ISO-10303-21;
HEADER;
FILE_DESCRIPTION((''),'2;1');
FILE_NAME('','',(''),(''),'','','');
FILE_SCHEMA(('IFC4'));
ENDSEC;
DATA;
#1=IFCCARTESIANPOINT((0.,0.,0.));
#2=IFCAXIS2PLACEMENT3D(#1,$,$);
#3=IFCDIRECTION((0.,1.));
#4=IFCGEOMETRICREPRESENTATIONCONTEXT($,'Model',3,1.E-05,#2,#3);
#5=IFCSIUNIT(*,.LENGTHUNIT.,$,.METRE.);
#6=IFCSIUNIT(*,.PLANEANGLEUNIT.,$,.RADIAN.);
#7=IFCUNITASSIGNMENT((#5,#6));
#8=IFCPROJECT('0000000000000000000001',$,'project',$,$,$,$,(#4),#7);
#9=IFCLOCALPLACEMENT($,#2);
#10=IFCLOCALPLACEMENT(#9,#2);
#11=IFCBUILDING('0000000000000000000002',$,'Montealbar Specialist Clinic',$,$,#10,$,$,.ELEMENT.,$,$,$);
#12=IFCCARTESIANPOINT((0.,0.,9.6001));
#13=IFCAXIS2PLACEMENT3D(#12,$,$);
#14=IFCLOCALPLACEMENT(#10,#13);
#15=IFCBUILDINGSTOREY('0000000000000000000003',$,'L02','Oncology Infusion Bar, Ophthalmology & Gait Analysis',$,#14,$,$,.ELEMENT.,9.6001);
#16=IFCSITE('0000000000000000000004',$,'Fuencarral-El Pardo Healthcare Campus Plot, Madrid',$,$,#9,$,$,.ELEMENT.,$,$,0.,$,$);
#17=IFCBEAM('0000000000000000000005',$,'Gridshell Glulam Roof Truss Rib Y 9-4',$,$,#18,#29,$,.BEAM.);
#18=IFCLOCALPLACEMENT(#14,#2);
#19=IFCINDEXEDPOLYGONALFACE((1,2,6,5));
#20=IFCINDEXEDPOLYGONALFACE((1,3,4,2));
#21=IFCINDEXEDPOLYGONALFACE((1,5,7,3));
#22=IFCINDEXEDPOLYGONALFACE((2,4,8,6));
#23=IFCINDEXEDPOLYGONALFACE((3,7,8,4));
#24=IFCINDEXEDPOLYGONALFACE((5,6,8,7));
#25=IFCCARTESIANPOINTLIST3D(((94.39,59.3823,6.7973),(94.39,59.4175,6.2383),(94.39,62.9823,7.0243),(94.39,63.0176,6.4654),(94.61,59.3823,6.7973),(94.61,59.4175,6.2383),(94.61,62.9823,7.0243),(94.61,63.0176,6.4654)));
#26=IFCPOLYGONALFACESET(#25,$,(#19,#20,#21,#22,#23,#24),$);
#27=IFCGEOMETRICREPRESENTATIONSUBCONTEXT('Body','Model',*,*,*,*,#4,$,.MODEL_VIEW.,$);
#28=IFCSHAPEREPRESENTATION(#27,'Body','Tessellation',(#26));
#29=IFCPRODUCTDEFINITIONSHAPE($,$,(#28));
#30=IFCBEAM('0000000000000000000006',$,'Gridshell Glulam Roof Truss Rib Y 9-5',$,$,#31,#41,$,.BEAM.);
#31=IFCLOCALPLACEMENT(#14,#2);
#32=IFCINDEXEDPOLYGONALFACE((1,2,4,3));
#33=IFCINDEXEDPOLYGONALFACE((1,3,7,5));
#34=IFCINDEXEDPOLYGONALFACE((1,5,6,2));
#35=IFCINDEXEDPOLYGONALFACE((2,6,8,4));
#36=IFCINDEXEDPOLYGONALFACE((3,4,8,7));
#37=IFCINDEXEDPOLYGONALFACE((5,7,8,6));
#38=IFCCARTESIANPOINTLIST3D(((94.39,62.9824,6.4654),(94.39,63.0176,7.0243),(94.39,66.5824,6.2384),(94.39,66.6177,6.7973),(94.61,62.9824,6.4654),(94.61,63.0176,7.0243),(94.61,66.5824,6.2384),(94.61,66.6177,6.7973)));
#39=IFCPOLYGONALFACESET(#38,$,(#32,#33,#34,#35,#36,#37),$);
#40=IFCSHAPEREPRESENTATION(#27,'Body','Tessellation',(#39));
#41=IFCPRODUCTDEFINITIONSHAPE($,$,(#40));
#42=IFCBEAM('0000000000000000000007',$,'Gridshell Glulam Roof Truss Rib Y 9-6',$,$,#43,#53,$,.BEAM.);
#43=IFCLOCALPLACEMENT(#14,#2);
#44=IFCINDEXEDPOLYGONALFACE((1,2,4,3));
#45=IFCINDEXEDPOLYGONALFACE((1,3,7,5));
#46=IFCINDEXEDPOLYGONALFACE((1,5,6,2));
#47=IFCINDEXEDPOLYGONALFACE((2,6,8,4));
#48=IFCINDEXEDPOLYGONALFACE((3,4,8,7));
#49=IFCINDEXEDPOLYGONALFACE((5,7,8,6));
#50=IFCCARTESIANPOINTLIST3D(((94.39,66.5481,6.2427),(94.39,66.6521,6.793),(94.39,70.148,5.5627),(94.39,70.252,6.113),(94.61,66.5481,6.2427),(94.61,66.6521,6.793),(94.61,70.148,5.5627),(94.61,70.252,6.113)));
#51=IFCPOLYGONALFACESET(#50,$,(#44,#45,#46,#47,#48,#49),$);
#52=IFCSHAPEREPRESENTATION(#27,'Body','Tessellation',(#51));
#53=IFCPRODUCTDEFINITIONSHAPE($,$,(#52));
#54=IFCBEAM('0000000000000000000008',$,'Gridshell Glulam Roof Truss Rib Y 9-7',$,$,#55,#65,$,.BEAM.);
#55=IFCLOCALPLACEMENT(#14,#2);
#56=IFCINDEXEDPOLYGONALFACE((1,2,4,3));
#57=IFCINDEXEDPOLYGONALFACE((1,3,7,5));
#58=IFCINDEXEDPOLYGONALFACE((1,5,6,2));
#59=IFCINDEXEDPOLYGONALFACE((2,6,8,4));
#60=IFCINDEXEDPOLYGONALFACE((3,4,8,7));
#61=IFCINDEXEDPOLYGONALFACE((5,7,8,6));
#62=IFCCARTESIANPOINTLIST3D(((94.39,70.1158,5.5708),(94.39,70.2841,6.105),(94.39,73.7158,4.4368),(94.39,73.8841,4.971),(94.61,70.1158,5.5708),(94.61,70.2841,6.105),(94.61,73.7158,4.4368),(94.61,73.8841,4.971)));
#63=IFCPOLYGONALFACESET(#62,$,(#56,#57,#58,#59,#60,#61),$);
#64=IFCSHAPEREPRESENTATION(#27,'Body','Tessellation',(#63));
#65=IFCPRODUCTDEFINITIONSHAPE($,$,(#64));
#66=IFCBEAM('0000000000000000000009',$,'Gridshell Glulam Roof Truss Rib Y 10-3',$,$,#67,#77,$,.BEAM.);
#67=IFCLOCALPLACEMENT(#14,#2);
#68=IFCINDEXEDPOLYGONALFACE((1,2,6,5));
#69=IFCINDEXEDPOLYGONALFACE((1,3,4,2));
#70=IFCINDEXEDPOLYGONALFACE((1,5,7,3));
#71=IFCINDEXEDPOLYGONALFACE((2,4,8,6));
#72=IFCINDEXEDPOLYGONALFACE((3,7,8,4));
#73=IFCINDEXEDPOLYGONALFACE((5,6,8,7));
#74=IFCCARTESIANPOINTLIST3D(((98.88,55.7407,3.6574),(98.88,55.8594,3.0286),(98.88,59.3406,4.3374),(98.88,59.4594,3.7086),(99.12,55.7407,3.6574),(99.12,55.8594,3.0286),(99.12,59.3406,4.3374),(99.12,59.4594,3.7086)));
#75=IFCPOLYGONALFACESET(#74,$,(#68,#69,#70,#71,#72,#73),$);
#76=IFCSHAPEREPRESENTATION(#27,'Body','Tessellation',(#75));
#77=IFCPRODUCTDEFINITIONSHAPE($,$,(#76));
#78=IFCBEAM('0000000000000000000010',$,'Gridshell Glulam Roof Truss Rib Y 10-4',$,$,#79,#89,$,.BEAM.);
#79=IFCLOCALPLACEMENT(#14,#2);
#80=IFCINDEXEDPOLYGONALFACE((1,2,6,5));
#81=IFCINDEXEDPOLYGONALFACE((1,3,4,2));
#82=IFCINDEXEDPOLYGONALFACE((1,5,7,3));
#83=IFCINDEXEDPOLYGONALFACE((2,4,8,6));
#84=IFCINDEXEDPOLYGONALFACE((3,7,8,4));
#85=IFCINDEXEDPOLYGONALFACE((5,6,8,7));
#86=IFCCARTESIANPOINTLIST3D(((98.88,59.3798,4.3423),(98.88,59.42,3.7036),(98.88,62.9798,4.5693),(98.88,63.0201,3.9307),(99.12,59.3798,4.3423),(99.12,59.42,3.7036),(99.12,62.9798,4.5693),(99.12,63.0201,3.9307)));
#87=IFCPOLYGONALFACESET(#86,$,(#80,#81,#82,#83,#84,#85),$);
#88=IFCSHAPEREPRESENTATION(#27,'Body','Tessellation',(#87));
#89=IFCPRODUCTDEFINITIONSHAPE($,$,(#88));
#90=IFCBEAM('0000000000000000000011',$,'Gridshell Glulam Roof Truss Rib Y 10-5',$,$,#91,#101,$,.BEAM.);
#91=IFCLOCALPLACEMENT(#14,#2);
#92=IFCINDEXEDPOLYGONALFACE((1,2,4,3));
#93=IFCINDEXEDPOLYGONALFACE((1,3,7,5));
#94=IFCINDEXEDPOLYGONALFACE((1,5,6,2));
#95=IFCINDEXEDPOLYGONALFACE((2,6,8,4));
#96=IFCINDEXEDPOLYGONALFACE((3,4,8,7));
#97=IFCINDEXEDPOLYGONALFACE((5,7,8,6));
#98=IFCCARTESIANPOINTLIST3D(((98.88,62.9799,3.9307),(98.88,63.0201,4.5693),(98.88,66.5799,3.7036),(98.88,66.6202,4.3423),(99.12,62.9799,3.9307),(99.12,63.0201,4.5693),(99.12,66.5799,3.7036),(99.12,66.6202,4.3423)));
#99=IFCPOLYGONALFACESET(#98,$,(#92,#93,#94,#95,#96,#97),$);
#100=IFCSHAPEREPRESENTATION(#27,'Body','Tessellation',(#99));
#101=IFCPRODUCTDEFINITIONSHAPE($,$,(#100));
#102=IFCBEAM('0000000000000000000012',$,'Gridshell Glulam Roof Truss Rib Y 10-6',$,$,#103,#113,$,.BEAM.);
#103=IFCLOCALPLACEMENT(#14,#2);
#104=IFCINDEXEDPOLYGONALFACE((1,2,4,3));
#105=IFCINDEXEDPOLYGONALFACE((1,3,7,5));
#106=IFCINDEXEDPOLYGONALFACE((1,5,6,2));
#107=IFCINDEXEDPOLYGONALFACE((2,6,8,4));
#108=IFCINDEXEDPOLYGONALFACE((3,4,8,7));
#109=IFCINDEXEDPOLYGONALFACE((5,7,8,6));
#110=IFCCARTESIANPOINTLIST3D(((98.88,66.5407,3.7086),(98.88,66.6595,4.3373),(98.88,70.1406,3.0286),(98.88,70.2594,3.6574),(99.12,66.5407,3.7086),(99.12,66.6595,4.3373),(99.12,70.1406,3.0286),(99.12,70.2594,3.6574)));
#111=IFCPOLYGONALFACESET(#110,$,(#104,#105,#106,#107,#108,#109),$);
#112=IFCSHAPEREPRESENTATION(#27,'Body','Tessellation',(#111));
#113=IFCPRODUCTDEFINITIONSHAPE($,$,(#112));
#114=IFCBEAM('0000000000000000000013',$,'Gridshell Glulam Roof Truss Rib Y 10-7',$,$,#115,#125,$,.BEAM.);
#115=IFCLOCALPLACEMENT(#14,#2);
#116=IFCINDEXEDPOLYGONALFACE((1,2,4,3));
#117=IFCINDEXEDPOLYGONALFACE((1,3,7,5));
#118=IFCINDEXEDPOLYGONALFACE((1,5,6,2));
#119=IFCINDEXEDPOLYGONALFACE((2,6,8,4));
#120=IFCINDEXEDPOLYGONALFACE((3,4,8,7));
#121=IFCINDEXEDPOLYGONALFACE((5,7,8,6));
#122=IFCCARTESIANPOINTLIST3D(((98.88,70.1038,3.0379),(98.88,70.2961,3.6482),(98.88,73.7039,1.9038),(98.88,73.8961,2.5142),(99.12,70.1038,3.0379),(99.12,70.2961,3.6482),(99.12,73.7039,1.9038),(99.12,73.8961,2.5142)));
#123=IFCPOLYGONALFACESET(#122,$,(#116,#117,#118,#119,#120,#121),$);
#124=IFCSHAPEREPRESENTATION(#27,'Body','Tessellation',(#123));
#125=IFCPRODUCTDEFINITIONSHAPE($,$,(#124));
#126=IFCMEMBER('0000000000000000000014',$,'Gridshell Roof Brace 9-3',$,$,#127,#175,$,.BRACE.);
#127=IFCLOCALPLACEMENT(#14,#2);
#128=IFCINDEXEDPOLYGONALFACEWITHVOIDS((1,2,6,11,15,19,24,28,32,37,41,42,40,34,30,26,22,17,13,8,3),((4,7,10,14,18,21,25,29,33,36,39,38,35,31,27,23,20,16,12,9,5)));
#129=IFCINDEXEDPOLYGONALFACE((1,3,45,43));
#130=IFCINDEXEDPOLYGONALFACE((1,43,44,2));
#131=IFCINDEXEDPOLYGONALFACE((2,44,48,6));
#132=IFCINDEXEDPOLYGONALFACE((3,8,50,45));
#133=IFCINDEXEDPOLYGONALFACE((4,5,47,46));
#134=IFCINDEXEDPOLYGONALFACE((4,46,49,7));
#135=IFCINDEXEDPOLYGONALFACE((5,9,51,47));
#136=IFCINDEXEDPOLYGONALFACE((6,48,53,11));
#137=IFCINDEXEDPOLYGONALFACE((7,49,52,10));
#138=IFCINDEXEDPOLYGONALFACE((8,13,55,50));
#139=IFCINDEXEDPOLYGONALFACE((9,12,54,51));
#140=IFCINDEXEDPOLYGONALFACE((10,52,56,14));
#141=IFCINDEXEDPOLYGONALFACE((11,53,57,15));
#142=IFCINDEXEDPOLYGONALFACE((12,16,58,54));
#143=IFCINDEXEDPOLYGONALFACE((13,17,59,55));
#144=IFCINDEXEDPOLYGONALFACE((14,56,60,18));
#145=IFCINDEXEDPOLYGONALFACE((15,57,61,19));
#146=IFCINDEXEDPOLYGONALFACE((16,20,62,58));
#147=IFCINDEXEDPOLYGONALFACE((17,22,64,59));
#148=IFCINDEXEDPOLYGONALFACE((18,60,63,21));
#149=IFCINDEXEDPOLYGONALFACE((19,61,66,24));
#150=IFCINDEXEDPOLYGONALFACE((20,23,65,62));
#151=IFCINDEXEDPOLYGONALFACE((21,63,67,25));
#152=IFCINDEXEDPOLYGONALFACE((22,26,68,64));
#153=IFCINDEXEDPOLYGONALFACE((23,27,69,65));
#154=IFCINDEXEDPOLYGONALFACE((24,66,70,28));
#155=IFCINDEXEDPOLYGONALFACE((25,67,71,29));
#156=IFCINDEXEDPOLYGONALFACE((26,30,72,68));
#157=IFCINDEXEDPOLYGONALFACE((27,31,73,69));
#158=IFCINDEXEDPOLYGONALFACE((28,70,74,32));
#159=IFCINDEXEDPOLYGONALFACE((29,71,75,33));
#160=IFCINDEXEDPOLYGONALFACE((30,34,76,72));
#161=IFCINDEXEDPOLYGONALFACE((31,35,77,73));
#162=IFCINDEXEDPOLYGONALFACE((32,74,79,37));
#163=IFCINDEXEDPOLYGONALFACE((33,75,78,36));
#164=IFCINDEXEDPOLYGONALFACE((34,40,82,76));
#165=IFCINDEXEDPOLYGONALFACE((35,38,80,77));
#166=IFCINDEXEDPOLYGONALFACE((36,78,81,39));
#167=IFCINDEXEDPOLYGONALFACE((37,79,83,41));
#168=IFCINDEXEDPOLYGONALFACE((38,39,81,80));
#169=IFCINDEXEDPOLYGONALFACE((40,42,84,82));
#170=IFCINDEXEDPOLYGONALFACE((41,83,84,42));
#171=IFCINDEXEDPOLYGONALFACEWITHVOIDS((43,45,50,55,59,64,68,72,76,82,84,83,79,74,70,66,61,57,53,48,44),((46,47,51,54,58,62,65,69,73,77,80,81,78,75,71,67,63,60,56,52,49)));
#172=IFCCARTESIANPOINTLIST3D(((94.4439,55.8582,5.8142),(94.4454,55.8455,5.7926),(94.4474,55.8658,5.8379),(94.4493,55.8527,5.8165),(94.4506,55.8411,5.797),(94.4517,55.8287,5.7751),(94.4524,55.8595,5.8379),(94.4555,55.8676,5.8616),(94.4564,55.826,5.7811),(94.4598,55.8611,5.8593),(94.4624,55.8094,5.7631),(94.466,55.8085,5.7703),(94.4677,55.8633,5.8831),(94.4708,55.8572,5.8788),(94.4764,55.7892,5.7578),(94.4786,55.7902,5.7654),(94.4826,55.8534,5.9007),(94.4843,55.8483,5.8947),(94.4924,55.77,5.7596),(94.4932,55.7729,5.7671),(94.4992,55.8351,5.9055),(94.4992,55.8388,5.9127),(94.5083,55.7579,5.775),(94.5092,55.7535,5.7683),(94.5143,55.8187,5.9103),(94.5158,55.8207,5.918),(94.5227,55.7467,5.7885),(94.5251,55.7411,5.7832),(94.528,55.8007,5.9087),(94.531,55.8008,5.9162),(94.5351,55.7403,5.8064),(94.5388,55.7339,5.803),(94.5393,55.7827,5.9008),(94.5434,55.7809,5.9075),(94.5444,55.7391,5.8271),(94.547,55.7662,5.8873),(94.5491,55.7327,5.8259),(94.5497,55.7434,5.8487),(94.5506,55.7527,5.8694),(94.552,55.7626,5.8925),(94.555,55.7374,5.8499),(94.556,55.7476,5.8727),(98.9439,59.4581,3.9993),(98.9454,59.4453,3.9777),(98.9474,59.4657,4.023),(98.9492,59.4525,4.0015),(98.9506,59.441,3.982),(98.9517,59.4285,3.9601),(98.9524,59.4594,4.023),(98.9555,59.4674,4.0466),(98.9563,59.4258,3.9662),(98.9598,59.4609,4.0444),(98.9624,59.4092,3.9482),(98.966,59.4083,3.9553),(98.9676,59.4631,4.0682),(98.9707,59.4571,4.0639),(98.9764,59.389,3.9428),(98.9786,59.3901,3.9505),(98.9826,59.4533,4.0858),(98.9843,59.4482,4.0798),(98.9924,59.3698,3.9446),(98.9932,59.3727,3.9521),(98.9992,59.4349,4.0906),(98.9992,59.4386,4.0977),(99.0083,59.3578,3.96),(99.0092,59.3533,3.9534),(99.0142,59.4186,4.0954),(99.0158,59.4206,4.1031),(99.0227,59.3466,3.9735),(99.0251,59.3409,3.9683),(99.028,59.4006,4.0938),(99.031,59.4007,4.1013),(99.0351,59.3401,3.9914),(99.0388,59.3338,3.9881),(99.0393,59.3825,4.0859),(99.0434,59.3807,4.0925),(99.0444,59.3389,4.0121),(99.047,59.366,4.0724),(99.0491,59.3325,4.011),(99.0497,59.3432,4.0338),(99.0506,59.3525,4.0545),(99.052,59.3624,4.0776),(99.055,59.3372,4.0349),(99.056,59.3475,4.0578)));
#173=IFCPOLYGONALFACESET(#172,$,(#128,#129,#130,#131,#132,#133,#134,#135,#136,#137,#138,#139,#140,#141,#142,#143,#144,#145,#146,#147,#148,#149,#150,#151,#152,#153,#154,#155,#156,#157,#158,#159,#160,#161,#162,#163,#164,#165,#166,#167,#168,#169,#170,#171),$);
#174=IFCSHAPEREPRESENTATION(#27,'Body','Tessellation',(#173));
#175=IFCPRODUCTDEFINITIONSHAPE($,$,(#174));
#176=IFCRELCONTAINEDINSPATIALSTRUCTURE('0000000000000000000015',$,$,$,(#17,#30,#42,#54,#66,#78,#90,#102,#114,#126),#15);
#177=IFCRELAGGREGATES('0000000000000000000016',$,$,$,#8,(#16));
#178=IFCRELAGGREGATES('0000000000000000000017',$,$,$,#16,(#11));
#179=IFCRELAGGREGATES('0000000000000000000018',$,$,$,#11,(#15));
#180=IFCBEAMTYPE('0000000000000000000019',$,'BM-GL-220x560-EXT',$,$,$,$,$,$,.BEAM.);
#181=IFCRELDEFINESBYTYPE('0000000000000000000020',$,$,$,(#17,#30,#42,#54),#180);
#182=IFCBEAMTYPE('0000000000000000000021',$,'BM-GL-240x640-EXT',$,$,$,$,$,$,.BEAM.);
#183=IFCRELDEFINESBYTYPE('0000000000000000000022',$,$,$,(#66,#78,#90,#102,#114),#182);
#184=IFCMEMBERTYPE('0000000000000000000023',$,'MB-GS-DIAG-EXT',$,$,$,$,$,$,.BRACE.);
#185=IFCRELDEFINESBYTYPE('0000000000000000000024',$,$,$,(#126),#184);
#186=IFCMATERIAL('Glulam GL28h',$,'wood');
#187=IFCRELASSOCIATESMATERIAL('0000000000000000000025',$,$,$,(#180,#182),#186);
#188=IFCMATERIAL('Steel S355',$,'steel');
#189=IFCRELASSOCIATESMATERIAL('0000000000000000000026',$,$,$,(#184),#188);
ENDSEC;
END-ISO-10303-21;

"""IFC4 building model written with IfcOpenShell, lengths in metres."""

from ifc_helpers import new_model, si_unit, direction, frame, origin, origin_2d, place, context, subcontext, project, spatial, rectangle, hollow_circle, extrude, material, material_profile, profile_set, type_object, element, save


model = new_model("IFC4")

# Units and contexts
model_context = context("Model", 3, precision=1e-05, world=origin(), true_north=direction((0.0, 1.0)))
body_context = subcontext(model_context, "Body", "Model", "MODEL_VIEW")
ifc_project = project(units=[si_unit("LENGTHUNIT", "METRE"), si_unit("PLANEANGLEUNIT", "RADIAN")], contexts=[model_context])

# Site, building, storey
site_placement = place(None, origin())
site = spatial("IfcSite", under=ifc_project, at=site_placement, Name="Fuencarral-El Pardo Healthcare Campus Plot, Madrid", CompositionType="ELEMENT", RefElevation=0.0)
building_placement = place(site_placement, origin())
building = spatial("IfcBuilding", under=site, at=building_placement, Name="Montealbar Specialist Clinic", CompositionType="ELEMENT")
storey_placement = place(building_placement, frame((0.0, 0.0, 9.6001)))
storey = spatial("IfcBuildingStorey", under=building, at=storey_placement, Name="L02", Description="Oncology Infusion Bar, Ophthalmology & Gait Analysis", CompositionType="ELEMENT", Elevation=9.6001)

# Beams
ifc_material_1 = material(Name="Steel S355", Category="steel")
ifc_material_2 = material(Name="Glulam GL28h", Category="wood")
ifc_material_profile_1 = material_profile(ifc_material_2, rectangle(XDim=0.22, YDim=0.5601, at=origin_2d()), Name="GL28h 220x560", Category="wood")
ifc_profile_set_1 = profile_set([ifc_material_profile_1], Name="Glulam GL28h")
beam_type_1 = type_object("IfcBeamType", Name="BM-GL-220x560-EXT", PredefinedType="BEAM", material=ifc_profile_set_1)
for number, where, z_axis, x_axis, name in (
    (1, (94.5, 59.3999, 6.5178), (0.0, 0.998017, 0.062943), (-1.0, 0.0, 0.0), "Gridshell Glulam Roof Truss Rib Y 9-4"),
    (2, (94.5, 63.0, 6.7449), (0.0, 0.998017, -0.062943), (-1.0, 0.0, 0.0), "Gridshell Glulam Roof Truss Rib Y 9-5"),
):
    element("IfcBeam", number, at=place(storey_placement, frame(where, z_axis=z_axis, x_axis=x_axis)), inside=storey, type_object=beam_type_1, Name=name, PredefinedType="BEAM", context=body_context, shape_type="SweptSolid", body=[
        extrude(rectangle(XDim=0.22, YDim=0.5601, at=origin_2d()), origin(), (0.0, 0.0, 1.0), 3.6072),
    ])
beam_1_placement = place(storey_placement, frame((94.5, 66.6001, 6.5178), z_axis=(0.0, 0.982626, -0.185596), x_axis=(-1.0, 0.0, 0.0)))
element("IfcBeam", 3, at=beam_1_placement, inside=storey, type_object=beam_type_1, Name="Gridshell Glulam Roof Truss Rib Y 9-6", PredefinedType="BEAM", context=body_context, shape_type="SweptSolid", body=[
    extrude(rectangle(XDim=0.22, YDim=0.5601, at=origin_2d()), origin(), (0.0, 0.0, 1.0), 3.6636),
])
beam_2_placement = place(storey_placement, frame((94.5, 70.2, 5.8379), z_axis=(0.0, 0.953798, -0.300447), x_axis=(-1.0, 0.0, 0.0)))
element("IfcBeam", 4, at=beam_2_placement, inside=storey, type_object=beam_type_1, Name="Gridshell Glulam Roof Truss Rib Y 9-7", PredefinedType="BEAM", context=body_context, shape_type="SweptSolid", body=[
    extrude(rectangle(XDim=0.22, YDim=0.5601, at=origin_2d()), origin(), (0.0, 0.0, 1.0), 3.7744),
])
ifc_material_profile_2 = material_profile(ifc_material_2, rectangle(XDim=0.24, YDim=0.6399, at=origin_2d()), Name="GL28h 240x640", Category="wood")
ifc_profile_set_2 = profile_set([ifc_material_profile_2], Name="Glulam GL28h")
beam_type_2 = type_object("IfcBeamType", Name="BM-GL-240x640-EXT", PredefinedType="BEAM", material=ifc_profile_set_2)
beam_3_placement = place(storey_placement, frame((99.0, 55.8, 3.343), z_axis=(0.0, 0.982626, 0.185596), x_axis=(-1.0, 0.0, 0.0)))
element("IfcBeam", 5, at=beam_3_placement, inside=storey, type_object=beam_type_2, Name="Gridshell Glulam Roof Truss Rib Y 10-3", PredefinedType="BEAM", context=body_context, shape_type="SweptSolid", body=[
    extrude(rectangle(XDim=0.24, YDim=0.6399, at=origin_2d()), origin(), (0.0, 0.0, 1.0), 3.6636),
])
for number, where, z_axis, x_axis, name in (
    (6, (99.0, 59.3999, 4.0229), (0.0, 0.998017, 0.062943), (-1.0, 0.0, 0.0), "Gridshell Glulam Roof Truss Rib Y 10-4"),
    (7, (99.0, 63.0, 4.25), (0.0, 0.998017, -0.062943), (-1.0, 0.0, 0.0), "Gridshell Glulam Roof Truss Rib Y 10-5"),
):
    element("IfcBeam", number, at=place(storey_placement, frame(where, z_axis=z_axis, x_axis=x_axis)), inside=storey, type_object=beam_type_2, Name=name, PredefinedType="BEAM", context=body_context, shape_type="SweptSolid", body=[
        extrude(rectangle(XDim=0.24, YDim=0.6399, at=origin_2d()), origin(), (0.0, 0.0, 1.0), 3.6072),
    ])
beam_4_placement = place(storey_placement, frame((99.0, 66.6001, 4.0229), z_axis=(0.0, 0.982626, -0.185596), x_axis=(-1.0, 0.0, 0.0)))
element("IfcBeam", 8, at=beam_4_placement, inside=storey, type_object=beam_type_2, Name="Gridshell Glulam Roof Truss Rib Y 10-6", PredefinedType="BEAM", context=body_context, shape_type="SweptSolid", body=[
    extrude(rectangle(XDim=0.24, YDim=0.6399, at=origin_2d()), origin(), (0.0, 0.0, 1.0), 3.6636),
])
beam_5_placement = place(storey_placement, frame((99.0, 70.2, 3.343), z_axis=(0.0, 0.953798, -0.300447), x_axis=(-1.0, 0.0, 0.0)))
element("IfcBeam", 9, at=beam_5_placement, inside=storey, type_object=beam_type_2, Name="Gridshell Glulam Roof Truss Rib Y 10-7", PredefinedType="BEAM", context=body_context, shape_type="SweptSolid", body=[
    extrude(rectangle(XDim=0.24, YDim=0.6399, at=origin_2d()), origin(), (0.0, 0.0, 1.0), 3.7744),
])

# Member
ifc_material_profile_3 = material_profile(ifc_material_1, hollow_circle(Radius=0.0842, WallThickness=0.0081, at=origin_2d()), Name="CHS 168.3x8.0", Category="steel")
ifc_profile_set_3 = profile_set([ifc_material_profile_3], Name="Steel S355")
member_type_1 = type_object("IfcMemberType", Name="MB-GS-DIAG-EXT", PredefinedType="BRACE", material=ifc_profile_set_3)
member_1_placement = place(storey_placement, frame((94.5, 55.8, 5.8379), z_axis=(0.744815, 0.595828, -0.300399), x_axis=(-0.62468, 0.780881, 0.0)))
element("IfcMember", 10, at=member_1_placement, inside=storey, type_object=member_type_1, Name="Gridshell Roof Brace 9-3", PredefinedType="BRACE", context=body_context, shape_type="SweptSolid", body=[
    extrude(hollow_circle(Radius=0.0842, WallThickness=0.0081, at=origin_2d()), origin(), (0.0, 0.0, 1.0), 6.0417),
])

save(model, "model.ifc")
